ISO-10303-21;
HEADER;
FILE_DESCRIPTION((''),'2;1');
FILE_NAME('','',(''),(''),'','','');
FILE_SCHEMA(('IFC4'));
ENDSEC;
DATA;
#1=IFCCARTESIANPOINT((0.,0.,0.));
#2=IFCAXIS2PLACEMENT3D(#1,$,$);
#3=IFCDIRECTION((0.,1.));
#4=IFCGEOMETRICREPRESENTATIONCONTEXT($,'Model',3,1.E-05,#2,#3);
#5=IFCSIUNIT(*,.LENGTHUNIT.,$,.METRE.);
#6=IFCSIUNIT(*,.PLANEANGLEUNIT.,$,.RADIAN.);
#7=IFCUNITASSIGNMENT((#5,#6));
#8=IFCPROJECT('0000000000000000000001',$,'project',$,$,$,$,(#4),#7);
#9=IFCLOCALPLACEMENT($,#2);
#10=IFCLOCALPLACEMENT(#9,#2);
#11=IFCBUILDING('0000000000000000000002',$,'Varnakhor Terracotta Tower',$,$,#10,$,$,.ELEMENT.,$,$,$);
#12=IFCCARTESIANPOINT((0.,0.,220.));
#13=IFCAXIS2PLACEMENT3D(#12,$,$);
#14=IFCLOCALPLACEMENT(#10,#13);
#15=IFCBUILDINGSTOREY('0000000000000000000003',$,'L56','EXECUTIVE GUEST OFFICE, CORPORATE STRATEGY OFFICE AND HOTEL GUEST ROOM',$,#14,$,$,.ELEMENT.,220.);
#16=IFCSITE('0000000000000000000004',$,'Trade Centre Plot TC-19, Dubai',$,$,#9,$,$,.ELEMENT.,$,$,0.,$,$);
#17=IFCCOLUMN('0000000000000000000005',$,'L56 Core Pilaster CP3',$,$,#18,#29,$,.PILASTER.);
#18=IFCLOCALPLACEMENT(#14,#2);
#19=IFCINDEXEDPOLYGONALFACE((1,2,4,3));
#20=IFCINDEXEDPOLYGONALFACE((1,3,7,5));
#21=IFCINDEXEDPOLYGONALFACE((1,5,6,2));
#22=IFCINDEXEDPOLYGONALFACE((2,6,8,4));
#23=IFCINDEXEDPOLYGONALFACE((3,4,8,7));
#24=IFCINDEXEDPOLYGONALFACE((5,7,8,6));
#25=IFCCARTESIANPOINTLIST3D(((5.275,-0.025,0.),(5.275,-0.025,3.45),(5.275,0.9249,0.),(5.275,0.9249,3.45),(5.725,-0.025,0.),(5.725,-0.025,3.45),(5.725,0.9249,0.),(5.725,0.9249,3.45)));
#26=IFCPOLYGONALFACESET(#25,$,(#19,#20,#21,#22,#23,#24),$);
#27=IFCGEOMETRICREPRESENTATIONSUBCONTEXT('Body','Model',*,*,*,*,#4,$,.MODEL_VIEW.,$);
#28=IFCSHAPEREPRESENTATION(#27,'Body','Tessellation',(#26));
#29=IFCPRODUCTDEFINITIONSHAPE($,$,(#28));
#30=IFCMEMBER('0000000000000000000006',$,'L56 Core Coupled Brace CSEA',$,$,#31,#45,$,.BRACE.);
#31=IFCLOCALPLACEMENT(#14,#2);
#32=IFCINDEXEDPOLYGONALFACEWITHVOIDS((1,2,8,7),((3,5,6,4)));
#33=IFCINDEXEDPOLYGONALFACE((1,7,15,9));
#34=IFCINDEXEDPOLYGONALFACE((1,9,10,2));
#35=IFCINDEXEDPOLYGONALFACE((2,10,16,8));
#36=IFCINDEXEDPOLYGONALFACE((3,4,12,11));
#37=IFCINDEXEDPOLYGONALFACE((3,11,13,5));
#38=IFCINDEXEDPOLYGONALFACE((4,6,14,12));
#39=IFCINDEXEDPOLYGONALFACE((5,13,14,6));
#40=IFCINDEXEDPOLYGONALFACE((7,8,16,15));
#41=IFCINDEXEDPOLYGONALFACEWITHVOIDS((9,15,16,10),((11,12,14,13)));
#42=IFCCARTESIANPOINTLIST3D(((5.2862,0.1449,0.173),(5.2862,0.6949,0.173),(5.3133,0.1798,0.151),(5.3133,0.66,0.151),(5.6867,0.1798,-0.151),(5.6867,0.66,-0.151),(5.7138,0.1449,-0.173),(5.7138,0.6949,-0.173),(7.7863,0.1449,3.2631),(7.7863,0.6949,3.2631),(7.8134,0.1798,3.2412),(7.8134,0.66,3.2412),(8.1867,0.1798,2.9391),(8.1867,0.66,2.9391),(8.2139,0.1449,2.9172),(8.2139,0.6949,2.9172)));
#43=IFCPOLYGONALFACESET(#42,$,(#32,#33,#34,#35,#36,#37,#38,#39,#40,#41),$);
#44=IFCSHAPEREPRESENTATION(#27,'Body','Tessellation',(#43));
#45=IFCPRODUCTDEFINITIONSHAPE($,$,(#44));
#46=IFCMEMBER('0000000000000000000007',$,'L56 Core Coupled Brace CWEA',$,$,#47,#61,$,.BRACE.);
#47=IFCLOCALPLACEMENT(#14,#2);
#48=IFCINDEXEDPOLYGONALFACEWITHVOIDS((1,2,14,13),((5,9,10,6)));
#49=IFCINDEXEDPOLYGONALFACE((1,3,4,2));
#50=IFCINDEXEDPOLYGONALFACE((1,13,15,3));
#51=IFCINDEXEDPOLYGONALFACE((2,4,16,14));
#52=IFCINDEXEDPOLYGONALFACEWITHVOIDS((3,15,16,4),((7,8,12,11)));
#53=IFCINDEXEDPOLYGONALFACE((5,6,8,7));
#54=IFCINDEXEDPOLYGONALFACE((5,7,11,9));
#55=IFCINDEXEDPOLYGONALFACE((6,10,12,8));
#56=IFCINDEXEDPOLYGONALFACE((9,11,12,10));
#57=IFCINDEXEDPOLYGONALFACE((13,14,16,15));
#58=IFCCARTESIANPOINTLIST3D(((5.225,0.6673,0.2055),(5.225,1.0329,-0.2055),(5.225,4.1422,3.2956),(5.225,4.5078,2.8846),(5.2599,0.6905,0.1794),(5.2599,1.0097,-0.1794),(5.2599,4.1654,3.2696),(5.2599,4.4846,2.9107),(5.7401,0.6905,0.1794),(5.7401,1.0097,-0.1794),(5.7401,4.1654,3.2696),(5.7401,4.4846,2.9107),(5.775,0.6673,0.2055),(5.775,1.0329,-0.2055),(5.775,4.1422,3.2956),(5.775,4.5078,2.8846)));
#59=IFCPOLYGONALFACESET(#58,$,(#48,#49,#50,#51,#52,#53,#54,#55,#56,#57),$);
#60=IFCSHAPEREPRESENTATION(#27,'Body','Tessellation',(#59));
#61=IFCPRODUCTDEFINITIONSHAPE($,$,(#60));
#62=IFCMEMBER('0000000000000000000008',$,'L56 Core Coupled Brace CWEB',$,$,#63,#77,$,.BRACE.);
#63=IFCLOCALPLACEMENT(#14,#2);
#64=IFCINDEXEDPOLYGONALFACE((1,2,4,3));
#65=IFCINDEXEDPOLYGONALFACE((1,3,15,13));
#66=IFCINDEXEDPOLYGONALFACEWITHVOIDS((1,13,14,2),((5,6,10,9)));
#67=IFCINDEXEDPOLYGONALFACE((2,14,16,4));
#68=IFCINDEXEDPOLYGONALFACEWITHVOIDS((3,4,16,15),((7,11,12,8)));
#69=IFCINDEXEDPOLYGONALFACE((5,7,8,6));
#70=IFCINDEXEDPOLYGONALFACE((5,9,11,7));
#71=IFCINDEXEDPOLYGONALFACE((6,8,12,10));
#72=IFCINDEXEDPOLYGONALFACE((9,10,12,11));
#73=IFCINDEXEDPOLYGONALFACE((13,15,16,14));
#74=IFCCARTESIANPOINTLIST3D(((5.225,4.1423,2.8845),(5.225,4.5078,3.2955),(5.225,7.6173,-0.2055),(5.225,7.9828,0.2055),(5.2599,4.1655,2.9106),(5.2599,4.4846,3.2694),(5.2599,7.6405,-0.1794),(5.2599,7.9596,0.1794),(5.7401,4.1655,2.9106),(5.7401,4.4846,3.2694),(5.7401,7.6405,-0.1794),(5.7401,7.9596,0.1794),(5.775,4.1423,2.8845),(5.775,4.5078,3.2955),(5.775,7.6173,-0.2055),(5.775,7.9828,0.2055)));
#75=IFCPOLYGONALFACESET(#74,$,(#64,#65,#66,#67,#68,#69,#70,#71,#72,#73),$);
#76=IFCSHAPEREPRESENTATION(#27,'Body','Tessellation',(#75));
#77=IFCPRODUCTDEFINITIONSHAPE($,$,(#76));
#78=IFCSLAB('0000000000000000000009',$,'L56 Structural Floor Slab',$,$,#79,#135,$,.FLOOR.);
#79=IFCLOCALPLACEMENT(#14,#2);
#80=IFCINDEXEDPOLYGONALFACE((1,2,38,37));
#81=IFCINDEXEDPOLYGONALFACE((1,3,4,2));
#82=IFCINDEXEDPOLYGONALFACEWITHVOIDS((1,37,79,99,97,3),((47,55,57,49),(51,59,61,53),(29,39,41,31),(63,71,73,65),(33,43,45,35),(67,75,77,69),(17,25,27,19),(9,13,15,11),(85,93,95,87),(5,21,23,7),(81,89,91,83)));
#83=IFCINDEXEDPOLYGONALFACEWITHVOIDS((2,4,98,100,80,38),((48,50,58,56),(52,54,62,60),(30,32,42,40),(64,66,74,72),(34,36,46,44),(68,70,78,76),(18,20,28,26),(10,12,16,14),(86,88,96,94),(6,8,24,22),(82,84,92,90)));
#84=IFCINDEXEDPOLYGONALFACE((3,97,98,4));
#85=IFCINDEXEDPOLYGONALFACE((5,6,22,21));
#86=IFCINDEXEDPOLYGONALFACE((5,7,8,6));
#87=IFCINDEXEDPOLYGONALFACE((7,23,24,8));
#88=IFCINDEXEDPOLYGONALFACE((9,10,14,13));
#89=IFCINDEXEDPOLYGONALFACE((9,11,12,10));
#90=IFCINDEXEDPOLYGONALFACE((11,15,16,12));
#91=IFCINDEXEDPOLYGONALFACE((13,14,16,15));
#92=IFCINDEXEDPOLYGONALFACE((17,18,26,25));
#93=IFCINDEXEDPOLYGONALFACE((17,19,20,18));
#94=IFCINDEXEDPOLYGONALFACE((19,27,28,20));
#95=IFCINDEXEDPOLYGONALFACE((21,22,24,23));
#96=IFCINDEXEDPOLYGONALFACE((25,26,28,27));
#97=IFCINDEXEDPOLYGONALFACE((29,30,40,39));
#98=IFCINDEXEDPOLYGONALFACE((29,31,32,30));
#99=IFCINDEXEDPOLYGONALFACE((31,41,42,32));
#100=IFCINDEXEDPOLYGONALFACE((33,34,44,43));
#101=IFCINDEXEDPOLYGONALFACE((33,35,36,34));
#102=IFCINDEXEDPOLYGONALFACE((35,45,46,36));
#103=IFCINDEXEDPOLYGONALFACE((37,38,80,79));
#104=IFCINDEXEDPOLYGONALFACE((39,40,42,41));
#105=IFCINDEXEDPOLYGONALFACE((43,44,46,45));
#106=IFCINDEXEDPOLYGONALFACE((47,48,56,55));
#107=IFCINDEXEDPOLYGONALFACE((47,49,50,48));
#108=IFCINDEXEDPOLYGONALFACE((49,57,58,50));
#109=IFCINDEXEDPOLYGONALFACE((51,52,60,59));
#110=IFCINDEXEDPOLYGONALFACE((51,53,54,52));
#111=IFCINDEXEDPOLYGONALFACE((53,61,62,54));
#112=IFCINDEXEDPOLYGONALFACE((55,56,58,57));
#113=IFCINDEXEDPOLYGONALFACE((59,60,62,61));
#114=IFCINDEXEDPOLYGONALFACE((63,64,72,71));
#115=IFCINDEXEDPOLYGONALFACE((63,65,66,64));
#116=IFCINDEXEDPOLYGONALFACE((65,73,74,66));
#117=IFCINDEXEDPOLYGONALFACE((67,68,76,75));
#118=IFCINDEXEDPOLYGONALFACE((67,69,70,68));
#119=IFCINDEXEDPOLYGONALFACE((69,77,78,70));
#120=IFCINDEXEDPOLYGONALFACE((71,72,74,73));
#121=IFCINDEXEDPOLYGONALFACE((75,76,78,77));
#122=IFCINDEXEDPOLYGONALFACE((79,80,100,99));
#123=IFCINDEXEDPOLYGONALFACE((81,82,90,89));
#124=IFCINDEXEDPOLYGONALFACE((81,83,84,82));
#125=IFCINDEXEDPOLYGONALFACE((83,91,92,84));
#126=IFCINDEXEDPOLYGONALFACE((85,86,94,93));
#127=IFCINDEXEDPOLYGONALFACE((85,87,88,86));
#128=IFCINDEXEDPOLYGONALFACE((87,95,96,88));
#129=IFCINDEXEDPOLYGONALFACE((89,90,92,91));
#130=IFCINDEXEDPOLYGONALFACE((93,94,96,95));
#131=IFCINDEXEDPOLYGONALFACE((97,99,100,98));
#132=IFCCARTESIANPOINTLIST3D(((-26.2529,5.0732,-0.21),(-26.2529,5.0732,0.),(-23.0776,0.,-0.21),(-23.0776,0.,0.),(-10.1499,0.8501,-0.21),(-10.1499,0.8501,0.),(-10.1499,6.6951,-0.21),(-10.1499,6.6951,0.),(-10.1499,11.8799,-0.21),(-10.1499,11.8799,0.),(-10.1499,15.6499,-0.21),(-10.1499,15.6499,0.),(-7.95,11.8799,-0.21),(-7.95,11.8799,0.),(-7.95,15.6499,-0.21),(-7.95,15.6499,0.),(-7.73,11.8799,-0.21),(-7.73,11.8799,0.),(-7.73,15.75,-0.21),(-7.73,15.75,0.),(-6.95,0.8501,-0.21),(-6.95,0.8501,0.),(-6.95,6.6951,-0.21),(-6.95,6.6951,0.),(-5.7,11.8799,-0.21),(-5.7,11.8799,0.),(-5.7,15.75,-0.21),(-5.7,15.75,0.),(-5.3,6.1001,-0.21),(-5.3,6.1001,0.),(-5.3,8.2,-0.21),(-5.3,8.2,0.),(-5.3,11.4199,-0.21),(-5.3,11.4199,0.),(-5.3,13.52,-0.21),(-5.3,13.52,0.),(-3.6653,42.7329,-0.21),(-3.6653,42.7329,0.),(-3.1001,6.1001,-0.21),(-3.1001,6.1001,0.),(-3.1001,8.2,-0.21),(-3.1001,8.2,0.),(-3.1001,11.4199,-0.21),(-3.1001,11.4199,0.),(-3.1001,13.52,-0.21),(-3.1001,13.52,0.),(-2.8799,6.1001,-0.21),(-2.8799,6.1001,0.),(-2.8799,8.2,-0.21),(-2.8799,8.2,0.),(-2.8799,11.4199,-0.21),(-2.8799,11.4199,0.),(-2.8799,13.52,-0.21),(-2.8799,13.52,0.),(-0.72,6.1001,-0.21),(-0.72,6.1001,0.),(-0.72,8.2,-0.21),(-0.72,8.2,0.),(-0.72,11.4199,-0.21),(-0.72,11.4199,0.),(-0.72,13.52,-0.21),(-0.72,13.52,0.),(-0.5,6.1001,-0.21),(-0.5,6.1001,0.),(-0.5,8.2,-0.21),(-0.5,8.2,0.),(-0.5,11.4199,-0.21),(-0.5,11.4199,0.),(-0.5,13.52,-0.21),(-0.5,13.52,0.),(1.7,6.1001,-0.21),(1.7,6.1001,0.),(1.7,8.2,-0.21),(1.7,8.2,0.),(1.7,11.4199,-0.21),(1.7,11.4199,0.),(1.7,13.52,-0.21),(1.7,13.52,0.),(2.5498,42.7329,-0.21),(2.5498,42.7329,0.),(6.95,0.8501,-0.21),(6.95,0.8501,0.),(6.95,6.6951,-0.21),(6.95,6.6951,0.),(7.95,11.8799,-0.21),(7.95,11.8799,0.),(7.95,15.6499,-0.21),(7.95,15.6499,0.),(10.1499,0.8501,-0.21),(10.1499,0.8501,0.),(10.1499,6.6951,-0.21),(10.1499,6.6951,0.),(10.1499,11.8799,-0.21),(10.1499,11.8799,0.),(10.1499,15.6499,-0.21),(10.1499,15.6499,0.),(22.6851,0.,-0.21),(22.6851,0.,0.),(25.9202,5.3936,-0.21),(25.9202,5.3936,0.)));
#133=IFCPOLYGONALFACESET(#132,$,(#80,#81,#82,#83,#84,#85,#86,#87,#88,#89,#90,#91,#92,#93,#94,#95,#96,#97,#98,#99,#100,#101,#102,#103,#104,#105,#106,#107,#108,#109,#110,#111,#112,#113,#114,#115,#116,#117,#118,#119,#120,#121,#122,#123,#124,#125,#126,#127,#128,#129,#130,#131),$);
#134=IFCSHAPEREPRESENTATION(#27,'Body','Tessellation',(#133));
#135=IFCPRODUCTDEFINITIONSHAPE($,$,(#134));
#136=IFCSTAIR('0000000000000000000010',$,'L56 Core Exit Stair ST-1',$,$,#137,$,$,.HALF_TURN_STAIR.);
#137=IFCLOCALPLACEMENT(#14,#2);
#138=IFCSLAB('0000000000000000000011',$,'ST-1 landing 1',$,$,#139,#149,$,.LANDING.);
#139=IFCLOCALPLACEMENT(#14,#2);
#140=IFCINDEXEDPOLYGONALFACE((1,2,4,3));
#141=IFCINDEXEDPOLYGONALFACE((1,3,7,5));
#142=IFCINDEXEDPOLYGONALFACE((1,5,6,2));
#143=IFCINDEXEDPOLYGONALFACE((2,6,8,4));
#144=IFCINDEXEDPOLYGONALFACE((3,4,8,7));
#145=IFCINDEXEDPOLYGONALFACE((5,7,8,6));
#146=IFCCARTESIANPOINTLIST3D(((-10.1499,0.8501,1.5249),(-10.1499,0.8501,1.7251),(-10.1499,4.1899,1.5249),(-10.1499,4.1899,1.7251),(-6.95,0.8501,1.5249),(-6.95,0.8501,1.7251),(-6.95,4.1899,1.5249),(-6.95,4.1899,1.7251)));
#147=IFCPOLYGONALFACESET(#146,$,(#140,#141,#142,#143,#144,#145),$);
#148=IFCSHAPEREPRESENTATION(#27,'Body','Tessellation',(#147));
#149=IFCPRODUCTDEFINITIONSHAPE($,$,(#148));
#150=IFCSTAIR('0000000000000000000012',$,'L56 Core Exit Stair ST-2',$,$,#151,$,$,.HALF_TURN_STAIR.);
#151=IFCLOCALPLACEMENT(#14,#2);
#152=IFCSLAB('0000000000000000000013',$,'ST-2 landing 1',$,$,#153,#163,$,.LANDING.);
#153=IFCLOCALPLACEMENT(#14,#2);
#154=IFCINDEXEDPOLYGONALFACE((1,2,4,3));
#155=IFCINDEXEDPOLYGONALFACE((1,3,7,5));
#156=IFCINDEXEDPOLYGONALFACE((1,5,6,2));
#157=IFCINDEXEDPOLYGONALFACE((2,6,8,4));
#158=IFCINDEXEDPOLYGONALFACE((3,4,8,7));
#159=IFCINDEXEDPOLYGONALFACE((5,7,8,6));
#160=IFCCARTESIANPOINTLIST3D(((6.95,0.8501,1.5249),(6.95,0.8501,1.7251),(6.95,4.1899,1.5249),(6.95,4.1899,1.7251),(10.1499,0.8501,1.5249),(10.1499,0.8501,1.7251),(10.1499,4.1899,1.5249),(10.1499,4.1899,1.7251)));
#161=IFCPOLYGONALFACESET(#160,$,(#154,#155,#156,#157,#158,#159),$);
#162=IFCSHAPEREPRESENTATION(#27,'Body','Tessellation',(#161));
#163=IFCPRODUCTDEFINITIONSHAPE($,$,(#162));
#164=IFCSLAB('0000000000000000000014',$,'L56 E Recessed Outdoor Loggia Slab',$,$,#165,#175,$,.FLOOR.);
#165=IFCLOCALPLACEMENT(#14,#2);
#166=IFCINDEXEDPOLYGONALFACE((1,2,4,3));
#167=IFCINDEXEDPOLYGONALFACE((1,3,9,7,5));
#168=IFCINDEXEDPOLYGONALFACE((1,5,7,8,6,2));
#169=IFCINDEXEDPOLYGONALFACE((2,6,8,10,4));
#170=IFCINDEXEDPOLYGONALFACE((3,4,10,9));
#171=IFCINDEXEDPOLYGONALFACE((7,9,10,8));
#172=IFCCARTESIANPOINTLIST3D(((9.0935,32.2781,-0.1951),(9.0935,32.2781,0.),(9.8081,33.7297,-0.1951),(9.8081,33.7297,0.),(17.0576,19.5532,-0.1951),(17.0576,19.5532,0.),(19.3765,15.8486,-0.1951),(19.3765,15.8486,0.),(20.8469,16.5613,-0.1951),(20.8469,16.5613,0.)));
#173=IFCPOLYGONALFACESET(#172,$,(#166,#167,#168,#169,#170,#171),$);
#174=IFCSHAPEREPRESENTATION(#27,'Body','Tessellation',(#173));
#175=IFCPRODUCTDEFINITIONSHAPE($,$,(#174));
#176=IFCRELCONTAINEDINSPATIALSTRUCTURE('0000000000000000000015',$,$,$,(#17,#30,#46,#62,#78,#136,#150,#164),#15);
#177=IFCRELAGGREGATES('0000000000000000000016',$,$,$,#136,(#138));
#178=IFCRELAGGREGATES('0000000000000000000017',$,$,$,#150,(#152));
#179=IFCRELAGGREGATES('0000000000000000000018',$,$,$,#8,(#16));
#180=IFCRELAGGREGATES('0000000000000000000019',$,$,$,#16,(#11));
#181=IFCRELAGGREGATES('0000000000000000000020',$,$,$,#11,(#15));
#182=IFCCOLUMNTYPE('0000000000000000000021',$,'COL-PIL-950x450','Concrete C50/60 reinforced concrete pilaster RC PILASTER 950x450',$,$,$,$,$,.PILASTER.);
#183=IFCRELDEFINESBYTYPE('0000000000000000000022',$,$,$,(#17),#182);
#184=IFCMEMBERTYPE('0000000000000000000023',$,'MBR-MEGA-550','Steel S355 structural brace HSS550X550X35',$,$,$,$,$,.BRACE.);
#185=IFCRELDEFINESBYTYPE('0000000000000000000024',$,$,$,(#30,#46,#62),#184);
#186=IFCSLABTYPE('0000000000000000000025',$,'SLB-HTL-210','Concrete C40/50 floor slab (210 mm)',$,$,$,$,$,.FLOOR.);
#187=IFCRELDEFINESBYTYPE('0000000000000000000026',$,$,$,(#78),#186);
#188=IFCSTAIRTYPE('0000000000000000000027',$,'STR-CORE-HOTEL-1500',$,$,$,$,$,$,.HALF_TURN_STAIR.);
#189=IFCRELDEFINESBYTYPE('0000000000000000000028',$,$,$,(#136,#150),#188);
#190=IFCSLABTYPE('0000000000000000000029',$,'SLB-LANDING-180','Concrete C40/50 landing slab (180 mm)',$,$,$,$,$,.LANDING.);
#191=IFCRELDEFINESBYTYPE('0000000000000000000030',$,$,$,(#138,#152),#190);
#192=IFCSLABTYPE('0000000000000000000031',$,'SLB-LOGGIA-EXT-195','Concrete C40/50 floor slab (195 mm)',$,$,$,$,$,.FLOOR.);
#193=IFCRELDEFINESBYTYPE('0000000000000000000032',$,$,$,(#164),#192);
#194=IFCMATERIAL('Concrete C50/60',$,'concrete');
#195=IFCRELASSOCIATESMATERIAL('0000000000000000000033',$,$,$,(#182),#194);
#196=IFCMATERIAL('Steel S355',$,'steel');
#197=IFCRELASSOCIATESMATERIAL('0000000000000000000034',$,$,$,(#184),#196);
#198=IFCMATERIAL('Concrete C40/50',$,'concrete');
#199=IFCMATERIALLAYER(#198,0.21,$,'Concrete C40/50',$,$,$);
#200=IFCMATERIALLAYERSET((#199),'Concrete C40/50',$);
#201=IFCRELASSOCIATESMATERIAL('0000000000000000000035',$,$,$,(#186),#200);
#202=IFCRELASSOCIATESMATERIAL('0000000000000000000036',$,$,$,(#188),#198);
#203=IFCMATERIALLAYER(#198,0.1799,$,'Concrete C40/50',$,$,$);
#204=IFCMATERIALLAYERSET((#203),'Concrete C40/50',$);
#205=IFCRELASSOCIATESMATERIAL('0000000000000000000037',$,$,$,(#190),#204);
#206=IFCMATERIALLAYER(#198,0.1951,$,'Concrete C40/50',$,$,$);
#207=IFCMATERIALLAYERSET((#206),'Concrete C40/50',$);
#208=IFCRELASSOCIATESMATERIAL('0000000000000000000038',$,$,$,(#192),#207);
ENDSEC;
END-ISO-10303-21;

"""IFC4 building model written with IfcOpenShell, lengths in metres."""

from ifc_helpers import new_model, si_unit, direction, frame, origin, origin_2d, place, context, subcontext, project, spatial, polyline, rectangle, hollow_rectangle, outline, extrude, source, transform, mapped, material, layer, layer_set, material_profile, profile_set, type_object, element, aggregate, save


model = new_model("IFC4")

# Units and contexts
model_context = context("Model", 3, precision=1e-05, world=origin(), true_north=direction((0.0, 1.0)))
body_context = subcontext(model_context, "Body", "Model", "MODEL_VIEW")
ifc_project = project(units=[si_unit("LENGTHUNIT", "METRE"), si_unit("PLANEANGLEUNIT", "RADIAN")], contexts=[model_context])

# Site, building, storey
site_placement = place(None, origin())
site = spatial("IfcSite", under=ifc_project, at=site_placement, Name="Trade Centre Plot TC-19, Dubai", CompositionType="ELEMENT", RefElevation=0.0)
building_placement = place(site_placement, origin())
building = spatial("IfcBuilding", under=site, at=building_placement, Name="Varnakhor Terracotta Tower", CompositionType="ELEMENT")
storey_placement = place(building_placement, frame((0.0, 0.0, 220.0)))
storey = spatial("IfcBuildingStorey", under=building, at=storey_placement, Name="L56", Description="EXECUTIVE GUEST OFFICE, CORPORATE STRATEGY OFFICE AND HOTEL GUEST ROOM", CompositionType="ELEMENT", Elevation=220.0)

# Column
ifc_material_1 = material(Name="Concrete C50/60", Category="concrete")
ifc_material_profile_1 = material_profile(ifc_material_1, rectangle(XDim=0.45, YDim=0.95, at=origin_2d()), Name="RC PILASTER 950x450")
ifc_profile_set_1 = profile_set([ifc_material_profile_1], Name="Concrete C50/60")
column_type = type_object("IfcColumnType", Name="COL-PIL-950x450", Description="Concrete C50/60 reinforced concrete pilaster RC PILASTER 950x450", PredefinedType="PILASTER", material=ifc_profile_set_1)
shared_shape_1 = source(origin(), body_context, "Body", "SweptSolid", [
    extrude(rectangle(XDim=0.45, YDim=0.95, at=origin_2d()), origin(), (0.0, 0.0, 1.0), 3.45),
])
column_placement = place(storey_placement, frame((5.5, 0.45, 0.0), z_axis=(0.0, 0.0, 1.0), x_axis=(1.0, 0.0, 0.0)))
element("IfcColumn", 1, at=column_placement, inside=storey, type_object=column_type, Name="L56 Core Pilaster CP3", PredefinedType="PILASTER", context=body_context, shape_type="MappedRepresentation", body=[
    mapped(shared_shape_1, transform((0.0, 0.0, 0.0), scale=1.0)),
])

# Members
ifc_material_2 = material(Name="Steel S355", Category="steel")
ifc_material_profile_2 = material_profile(ifc_material_2, hollow_rectangle(XDim=0.55, YDim=0.55, WallThickness=0.0349, at=origin_2d()), Name="HSS550X550X35")
ifc_profile_set_2 = profile_set([ifc_material_profile_2], Name="Steel S355")
member_type = type_object("IfcMemberType", Name="MBR-MEGA-550", Description="Steel S355 structural brace HSS550X550X35", PredefinedType="BRACE", material=ifc_profile_set_2)
shared_shape_2 = source(origin(), body_context, "Body", "SweptSolid", [
    extrude(hollow_rectangle(XDim=0.55, YDim=0.55, WallThickness=0.0349, at=origin_2d()), origin(), (0.0, 0.0, 1.0), 3.9749),
])
member_placement = place(storey_placement, frame((5.5, 0.4199, 0.0), z_axis=(0.62897, 0.0, 0.777429), x_axis=(0.0, 1.0, 0.0)))
element("IfcMember", 2, at=member_placement, inside=storey, type_object=member_type, Name="L56 Core Coupled Brace CSEA", PredefinedType="BRACE", context=body_context, shape_type="MappedRepresentation", body=[
    mapped(shared_shape_2, transform((0.0, 0.0, 0.0), scale=1.0)),
])
shared_shape_3 = source(origin(), body_context, "Body", "SweptSolid", [
    extrude(hollow_rectangle(XDim=0.55, YDim=0.55, WallThickness=0.0349, at=origin_2d()), origin(), (0.0, 0.0, 1.0), 4.6501),
])
for number, where, z_axis, x_axis, name in (
    (3, (5.5, 0.8501, 0.0), (0.0, 0.747267, 0.664524), (-1.0, 0.0, 0.0), "L56 Core Coupled Brace CWEA"),
    (4, (5.5, 7.8, 0.0), (0.0, -0.747291, 0.664497), (1.0, 0.0, 0.0), "L56 Core Coupled Brace CWEB"),
):
    element("IfcMember", number, at=place(storey_placement, frame(where, z_axis=z_axis, x_axis=x_axis)), inside=storey, type_object=member_type, Name=name, PredefinedType="BRACE", context=body_context, shape_type="MappedRepresentation", body=[
        mapped(shared_shape_3, transform((0.0, 0.0, 0.0), scale=1.0)),
    ])

# Slab
ifc_material_3 = material(Name="Concrete C40/50", Category="concrete")
ifc_layer_1 = layer(ifc_material_3, 0.21, Name="Concrete C40/50")
ifc_layer_set_1 = layer_set([ifc_layer_1], Name="Concrete C40/50")
slab_type_1 = type_object("IfcSlabType", Name="SLB-HTL-210", Description="Concrete C40/50 floor slab (210 mm)", PredefinedType="FLOOR", material=ifc_layer_set_1)
slab_1_placement = place(storey_placement, frame((0.0, 0.0, -0.21)))
element("IfcSlab", 5, at=slab_1_placement, inside=storey, type_object=slab_type_1, Name="L56 Structural Floor Slab", PredefinedType="FLOOR", context=body_context, shape_type="SweptSolid", body=[
    extrude(outline(polyline([(-26.2529, 5.0732), (-3.6653, 42.7329), (2.5498, 42.7329), (25.9202, 5.3936), (22.6851, 0.0), (-23.0776, 0.0), (-26.2529, 5.0732)]), holes=[polyline([(-6.95, 0.8501), (-6.95, 6.6951), (-10.1499, 6.6951), (-10.1499, 0.8501), (-6.95, 0.8501)]), polyline([(-3.1001, 6.1001), (-3.1001, 8.2), (-5.3, 8.2), (-5.3, 6.1001), (-3.1001, 6.1001)]), polyline([(-0.72, 6.1001), (-0.72, 8.2), (-2.8799, 8.2), (-2.8799, 6.1001), (-0.72, 6.1001)]), polyline([(-5.3, 11.4199), (-3.1001, 11.4199), (-3.1001, 13.52), (-5.3, 13.52), (-5.3, 11.4199)]), polyline([(-10.1499, 11.8799), (-7.95, 11.8799), (-7.95, 15.6499), (-10.1499, 15.6499), (-10.1499, 11.8799)]), polyline([(-5.7, 11.8799), (-5.7, 15.75), (-7.73, 15.75), (-7.73, 11.8799), (-5.7, 11.8799)]), polyline([(6.95, 0.8501), (10.1499, 0.8501), (10.1499, 6.6951), (6.95, 6.6951), (6.95, 0.8501)]), polyline([(-0.5, 6.1001), (1.7, 6.1001), (1.7, 8.2), (-0.5, 8.2), (-0.5, 6.1001)]), polyline([(-0.72, 11.4199), (-0.72, 13.52), (-2.8799, 13.52), (-2.8799, 11.4199), (-0.72, 11.4199)]), polyline([(-0.5, 11.4199), (1.7, 11.4199), (1.7, 13.52), (-0.5, 13.52), (-0.5, 11.4199)]), polyline([(7.95, 11.8799), (10.1499, 11.8799), (10.1499, 15.6499), (7.95, 15.6499), (7.95, 11.8799)])]), origin(), (0.0, 0.0, 1.0), 0.21),
])

# Stairs, slabs
stair_type = type_object("IfcStairType", Name="STR-CORE-HOTEL-1500", PredefinedType="HALF_TURN_STAIR", material=ifc_material_3)
stair_1_placement = place(storey_placement, origin())
stair_1 = element("IfcStair", 6, at=stair_1_placement, inside=storey, type_object=stair_type, Name="L56 Core Exit Stair ST-1", PredefinedType="HALF_TURN_STAIR")
ifc_layer_2 = layer(ifc_material_3, 0.1799, Name="Concrete C40/50")
ifc_layer_set_2 = layer_set([ifc_layer_2], Name="Concrete C40/50")
slab_type_2 = type_object("IfcSlabType", Name="SLB-LANDING-180", Description="Concrete C40/50 landing slab (180 mm)", PredefinedType="LANDING", material=ifc_layer_set_2)
slab_2_placement = place(storey_placement, frame((0.0, 0.0, 1.5249)))
slab_2 = element("IfcSlab", 7, at=slab_2_placement, type_object=slab_type_2, Name="ST-1 landing 1", PredefinedType="LANDING", context=body_context, shape_type="SweptSolid", body=[
    extrude(outline(polyline([(-10.1499, 4.1899), (-10.1499, 0.8501), (-6.95, 0.8501), (-6.95, 4.1899), (-10.1499, 4.1899)])), origin(), (0.0, 0.0, 1.0), 0.2002),
])
aggregate(stair_1, [slab_2])
stair_2_placement = place(storey_placement, origin())
stair_2 = element("IfcStair", 8, at=stair_2_placement, inside=storey, type_object=stair_type, Name="L56 Core Exit Stair ST-2", PredefinedType="HALF_TURN_STAIR")
slab_3_placement = place(storey_placement, frame((0.0, 0.0, 1.5249)))
slab_3 = element("IfcSlab", 9, at=slab_3_placement, type_object=slab_type_2, Name="ST-2 landing 1", PredefinedType="LANDING", context=body_context, shape_type="SweptSolid", body=[
    extrude(outline(polyline([(6.95, 4.1899), (6.95, 0.8501), (10.1499, 0.8501), (10.1499, 4.1899), (6.95, 4.1899)])), origin(), (0.0, 0.0, 1.0), 0.2002),
])

# Slab
ifc_layer_3 = layer(ifc_material_3, 0.1951, Name="Concrete C40/50")
ifc_layer_set_3 = layer_set([ifc_layer_3], Name="Concrete C40/50")
slab_type_3 = type_object("IfcSlabType", Name="SLB-LOGGIA-EXT-195", Description="Concrete C40/50 floor slab (195 mm)", PredefinedType="FLOOR", material=ifc_layer_set_3)
slab_4_placement = place(storey_placement, frame((0.0, 0.0, -0.1951)))
element("IfcSlab", 10, at=slab_4_placement, inside=storey, type_object=slab_type_3, Name="L56 E Recessed Outdoor Loggia Slab", PredefinedType="FLOOR", context=body_context, shape_type="SweptSolid", body=[
    extrude(outline(polyline([(9.8081, 33.7297), (20.8469, 16.5613), (19.3765, 15.8486), (17.0576, 19.5532), (9.0935, 32.2781), (9.8081, 33.7297)])), origin(), (0.0, 0.0, 1.0), 0.1951),
])

aggregate(stair_2, [slab_3])

save(model, "model.ifc")
